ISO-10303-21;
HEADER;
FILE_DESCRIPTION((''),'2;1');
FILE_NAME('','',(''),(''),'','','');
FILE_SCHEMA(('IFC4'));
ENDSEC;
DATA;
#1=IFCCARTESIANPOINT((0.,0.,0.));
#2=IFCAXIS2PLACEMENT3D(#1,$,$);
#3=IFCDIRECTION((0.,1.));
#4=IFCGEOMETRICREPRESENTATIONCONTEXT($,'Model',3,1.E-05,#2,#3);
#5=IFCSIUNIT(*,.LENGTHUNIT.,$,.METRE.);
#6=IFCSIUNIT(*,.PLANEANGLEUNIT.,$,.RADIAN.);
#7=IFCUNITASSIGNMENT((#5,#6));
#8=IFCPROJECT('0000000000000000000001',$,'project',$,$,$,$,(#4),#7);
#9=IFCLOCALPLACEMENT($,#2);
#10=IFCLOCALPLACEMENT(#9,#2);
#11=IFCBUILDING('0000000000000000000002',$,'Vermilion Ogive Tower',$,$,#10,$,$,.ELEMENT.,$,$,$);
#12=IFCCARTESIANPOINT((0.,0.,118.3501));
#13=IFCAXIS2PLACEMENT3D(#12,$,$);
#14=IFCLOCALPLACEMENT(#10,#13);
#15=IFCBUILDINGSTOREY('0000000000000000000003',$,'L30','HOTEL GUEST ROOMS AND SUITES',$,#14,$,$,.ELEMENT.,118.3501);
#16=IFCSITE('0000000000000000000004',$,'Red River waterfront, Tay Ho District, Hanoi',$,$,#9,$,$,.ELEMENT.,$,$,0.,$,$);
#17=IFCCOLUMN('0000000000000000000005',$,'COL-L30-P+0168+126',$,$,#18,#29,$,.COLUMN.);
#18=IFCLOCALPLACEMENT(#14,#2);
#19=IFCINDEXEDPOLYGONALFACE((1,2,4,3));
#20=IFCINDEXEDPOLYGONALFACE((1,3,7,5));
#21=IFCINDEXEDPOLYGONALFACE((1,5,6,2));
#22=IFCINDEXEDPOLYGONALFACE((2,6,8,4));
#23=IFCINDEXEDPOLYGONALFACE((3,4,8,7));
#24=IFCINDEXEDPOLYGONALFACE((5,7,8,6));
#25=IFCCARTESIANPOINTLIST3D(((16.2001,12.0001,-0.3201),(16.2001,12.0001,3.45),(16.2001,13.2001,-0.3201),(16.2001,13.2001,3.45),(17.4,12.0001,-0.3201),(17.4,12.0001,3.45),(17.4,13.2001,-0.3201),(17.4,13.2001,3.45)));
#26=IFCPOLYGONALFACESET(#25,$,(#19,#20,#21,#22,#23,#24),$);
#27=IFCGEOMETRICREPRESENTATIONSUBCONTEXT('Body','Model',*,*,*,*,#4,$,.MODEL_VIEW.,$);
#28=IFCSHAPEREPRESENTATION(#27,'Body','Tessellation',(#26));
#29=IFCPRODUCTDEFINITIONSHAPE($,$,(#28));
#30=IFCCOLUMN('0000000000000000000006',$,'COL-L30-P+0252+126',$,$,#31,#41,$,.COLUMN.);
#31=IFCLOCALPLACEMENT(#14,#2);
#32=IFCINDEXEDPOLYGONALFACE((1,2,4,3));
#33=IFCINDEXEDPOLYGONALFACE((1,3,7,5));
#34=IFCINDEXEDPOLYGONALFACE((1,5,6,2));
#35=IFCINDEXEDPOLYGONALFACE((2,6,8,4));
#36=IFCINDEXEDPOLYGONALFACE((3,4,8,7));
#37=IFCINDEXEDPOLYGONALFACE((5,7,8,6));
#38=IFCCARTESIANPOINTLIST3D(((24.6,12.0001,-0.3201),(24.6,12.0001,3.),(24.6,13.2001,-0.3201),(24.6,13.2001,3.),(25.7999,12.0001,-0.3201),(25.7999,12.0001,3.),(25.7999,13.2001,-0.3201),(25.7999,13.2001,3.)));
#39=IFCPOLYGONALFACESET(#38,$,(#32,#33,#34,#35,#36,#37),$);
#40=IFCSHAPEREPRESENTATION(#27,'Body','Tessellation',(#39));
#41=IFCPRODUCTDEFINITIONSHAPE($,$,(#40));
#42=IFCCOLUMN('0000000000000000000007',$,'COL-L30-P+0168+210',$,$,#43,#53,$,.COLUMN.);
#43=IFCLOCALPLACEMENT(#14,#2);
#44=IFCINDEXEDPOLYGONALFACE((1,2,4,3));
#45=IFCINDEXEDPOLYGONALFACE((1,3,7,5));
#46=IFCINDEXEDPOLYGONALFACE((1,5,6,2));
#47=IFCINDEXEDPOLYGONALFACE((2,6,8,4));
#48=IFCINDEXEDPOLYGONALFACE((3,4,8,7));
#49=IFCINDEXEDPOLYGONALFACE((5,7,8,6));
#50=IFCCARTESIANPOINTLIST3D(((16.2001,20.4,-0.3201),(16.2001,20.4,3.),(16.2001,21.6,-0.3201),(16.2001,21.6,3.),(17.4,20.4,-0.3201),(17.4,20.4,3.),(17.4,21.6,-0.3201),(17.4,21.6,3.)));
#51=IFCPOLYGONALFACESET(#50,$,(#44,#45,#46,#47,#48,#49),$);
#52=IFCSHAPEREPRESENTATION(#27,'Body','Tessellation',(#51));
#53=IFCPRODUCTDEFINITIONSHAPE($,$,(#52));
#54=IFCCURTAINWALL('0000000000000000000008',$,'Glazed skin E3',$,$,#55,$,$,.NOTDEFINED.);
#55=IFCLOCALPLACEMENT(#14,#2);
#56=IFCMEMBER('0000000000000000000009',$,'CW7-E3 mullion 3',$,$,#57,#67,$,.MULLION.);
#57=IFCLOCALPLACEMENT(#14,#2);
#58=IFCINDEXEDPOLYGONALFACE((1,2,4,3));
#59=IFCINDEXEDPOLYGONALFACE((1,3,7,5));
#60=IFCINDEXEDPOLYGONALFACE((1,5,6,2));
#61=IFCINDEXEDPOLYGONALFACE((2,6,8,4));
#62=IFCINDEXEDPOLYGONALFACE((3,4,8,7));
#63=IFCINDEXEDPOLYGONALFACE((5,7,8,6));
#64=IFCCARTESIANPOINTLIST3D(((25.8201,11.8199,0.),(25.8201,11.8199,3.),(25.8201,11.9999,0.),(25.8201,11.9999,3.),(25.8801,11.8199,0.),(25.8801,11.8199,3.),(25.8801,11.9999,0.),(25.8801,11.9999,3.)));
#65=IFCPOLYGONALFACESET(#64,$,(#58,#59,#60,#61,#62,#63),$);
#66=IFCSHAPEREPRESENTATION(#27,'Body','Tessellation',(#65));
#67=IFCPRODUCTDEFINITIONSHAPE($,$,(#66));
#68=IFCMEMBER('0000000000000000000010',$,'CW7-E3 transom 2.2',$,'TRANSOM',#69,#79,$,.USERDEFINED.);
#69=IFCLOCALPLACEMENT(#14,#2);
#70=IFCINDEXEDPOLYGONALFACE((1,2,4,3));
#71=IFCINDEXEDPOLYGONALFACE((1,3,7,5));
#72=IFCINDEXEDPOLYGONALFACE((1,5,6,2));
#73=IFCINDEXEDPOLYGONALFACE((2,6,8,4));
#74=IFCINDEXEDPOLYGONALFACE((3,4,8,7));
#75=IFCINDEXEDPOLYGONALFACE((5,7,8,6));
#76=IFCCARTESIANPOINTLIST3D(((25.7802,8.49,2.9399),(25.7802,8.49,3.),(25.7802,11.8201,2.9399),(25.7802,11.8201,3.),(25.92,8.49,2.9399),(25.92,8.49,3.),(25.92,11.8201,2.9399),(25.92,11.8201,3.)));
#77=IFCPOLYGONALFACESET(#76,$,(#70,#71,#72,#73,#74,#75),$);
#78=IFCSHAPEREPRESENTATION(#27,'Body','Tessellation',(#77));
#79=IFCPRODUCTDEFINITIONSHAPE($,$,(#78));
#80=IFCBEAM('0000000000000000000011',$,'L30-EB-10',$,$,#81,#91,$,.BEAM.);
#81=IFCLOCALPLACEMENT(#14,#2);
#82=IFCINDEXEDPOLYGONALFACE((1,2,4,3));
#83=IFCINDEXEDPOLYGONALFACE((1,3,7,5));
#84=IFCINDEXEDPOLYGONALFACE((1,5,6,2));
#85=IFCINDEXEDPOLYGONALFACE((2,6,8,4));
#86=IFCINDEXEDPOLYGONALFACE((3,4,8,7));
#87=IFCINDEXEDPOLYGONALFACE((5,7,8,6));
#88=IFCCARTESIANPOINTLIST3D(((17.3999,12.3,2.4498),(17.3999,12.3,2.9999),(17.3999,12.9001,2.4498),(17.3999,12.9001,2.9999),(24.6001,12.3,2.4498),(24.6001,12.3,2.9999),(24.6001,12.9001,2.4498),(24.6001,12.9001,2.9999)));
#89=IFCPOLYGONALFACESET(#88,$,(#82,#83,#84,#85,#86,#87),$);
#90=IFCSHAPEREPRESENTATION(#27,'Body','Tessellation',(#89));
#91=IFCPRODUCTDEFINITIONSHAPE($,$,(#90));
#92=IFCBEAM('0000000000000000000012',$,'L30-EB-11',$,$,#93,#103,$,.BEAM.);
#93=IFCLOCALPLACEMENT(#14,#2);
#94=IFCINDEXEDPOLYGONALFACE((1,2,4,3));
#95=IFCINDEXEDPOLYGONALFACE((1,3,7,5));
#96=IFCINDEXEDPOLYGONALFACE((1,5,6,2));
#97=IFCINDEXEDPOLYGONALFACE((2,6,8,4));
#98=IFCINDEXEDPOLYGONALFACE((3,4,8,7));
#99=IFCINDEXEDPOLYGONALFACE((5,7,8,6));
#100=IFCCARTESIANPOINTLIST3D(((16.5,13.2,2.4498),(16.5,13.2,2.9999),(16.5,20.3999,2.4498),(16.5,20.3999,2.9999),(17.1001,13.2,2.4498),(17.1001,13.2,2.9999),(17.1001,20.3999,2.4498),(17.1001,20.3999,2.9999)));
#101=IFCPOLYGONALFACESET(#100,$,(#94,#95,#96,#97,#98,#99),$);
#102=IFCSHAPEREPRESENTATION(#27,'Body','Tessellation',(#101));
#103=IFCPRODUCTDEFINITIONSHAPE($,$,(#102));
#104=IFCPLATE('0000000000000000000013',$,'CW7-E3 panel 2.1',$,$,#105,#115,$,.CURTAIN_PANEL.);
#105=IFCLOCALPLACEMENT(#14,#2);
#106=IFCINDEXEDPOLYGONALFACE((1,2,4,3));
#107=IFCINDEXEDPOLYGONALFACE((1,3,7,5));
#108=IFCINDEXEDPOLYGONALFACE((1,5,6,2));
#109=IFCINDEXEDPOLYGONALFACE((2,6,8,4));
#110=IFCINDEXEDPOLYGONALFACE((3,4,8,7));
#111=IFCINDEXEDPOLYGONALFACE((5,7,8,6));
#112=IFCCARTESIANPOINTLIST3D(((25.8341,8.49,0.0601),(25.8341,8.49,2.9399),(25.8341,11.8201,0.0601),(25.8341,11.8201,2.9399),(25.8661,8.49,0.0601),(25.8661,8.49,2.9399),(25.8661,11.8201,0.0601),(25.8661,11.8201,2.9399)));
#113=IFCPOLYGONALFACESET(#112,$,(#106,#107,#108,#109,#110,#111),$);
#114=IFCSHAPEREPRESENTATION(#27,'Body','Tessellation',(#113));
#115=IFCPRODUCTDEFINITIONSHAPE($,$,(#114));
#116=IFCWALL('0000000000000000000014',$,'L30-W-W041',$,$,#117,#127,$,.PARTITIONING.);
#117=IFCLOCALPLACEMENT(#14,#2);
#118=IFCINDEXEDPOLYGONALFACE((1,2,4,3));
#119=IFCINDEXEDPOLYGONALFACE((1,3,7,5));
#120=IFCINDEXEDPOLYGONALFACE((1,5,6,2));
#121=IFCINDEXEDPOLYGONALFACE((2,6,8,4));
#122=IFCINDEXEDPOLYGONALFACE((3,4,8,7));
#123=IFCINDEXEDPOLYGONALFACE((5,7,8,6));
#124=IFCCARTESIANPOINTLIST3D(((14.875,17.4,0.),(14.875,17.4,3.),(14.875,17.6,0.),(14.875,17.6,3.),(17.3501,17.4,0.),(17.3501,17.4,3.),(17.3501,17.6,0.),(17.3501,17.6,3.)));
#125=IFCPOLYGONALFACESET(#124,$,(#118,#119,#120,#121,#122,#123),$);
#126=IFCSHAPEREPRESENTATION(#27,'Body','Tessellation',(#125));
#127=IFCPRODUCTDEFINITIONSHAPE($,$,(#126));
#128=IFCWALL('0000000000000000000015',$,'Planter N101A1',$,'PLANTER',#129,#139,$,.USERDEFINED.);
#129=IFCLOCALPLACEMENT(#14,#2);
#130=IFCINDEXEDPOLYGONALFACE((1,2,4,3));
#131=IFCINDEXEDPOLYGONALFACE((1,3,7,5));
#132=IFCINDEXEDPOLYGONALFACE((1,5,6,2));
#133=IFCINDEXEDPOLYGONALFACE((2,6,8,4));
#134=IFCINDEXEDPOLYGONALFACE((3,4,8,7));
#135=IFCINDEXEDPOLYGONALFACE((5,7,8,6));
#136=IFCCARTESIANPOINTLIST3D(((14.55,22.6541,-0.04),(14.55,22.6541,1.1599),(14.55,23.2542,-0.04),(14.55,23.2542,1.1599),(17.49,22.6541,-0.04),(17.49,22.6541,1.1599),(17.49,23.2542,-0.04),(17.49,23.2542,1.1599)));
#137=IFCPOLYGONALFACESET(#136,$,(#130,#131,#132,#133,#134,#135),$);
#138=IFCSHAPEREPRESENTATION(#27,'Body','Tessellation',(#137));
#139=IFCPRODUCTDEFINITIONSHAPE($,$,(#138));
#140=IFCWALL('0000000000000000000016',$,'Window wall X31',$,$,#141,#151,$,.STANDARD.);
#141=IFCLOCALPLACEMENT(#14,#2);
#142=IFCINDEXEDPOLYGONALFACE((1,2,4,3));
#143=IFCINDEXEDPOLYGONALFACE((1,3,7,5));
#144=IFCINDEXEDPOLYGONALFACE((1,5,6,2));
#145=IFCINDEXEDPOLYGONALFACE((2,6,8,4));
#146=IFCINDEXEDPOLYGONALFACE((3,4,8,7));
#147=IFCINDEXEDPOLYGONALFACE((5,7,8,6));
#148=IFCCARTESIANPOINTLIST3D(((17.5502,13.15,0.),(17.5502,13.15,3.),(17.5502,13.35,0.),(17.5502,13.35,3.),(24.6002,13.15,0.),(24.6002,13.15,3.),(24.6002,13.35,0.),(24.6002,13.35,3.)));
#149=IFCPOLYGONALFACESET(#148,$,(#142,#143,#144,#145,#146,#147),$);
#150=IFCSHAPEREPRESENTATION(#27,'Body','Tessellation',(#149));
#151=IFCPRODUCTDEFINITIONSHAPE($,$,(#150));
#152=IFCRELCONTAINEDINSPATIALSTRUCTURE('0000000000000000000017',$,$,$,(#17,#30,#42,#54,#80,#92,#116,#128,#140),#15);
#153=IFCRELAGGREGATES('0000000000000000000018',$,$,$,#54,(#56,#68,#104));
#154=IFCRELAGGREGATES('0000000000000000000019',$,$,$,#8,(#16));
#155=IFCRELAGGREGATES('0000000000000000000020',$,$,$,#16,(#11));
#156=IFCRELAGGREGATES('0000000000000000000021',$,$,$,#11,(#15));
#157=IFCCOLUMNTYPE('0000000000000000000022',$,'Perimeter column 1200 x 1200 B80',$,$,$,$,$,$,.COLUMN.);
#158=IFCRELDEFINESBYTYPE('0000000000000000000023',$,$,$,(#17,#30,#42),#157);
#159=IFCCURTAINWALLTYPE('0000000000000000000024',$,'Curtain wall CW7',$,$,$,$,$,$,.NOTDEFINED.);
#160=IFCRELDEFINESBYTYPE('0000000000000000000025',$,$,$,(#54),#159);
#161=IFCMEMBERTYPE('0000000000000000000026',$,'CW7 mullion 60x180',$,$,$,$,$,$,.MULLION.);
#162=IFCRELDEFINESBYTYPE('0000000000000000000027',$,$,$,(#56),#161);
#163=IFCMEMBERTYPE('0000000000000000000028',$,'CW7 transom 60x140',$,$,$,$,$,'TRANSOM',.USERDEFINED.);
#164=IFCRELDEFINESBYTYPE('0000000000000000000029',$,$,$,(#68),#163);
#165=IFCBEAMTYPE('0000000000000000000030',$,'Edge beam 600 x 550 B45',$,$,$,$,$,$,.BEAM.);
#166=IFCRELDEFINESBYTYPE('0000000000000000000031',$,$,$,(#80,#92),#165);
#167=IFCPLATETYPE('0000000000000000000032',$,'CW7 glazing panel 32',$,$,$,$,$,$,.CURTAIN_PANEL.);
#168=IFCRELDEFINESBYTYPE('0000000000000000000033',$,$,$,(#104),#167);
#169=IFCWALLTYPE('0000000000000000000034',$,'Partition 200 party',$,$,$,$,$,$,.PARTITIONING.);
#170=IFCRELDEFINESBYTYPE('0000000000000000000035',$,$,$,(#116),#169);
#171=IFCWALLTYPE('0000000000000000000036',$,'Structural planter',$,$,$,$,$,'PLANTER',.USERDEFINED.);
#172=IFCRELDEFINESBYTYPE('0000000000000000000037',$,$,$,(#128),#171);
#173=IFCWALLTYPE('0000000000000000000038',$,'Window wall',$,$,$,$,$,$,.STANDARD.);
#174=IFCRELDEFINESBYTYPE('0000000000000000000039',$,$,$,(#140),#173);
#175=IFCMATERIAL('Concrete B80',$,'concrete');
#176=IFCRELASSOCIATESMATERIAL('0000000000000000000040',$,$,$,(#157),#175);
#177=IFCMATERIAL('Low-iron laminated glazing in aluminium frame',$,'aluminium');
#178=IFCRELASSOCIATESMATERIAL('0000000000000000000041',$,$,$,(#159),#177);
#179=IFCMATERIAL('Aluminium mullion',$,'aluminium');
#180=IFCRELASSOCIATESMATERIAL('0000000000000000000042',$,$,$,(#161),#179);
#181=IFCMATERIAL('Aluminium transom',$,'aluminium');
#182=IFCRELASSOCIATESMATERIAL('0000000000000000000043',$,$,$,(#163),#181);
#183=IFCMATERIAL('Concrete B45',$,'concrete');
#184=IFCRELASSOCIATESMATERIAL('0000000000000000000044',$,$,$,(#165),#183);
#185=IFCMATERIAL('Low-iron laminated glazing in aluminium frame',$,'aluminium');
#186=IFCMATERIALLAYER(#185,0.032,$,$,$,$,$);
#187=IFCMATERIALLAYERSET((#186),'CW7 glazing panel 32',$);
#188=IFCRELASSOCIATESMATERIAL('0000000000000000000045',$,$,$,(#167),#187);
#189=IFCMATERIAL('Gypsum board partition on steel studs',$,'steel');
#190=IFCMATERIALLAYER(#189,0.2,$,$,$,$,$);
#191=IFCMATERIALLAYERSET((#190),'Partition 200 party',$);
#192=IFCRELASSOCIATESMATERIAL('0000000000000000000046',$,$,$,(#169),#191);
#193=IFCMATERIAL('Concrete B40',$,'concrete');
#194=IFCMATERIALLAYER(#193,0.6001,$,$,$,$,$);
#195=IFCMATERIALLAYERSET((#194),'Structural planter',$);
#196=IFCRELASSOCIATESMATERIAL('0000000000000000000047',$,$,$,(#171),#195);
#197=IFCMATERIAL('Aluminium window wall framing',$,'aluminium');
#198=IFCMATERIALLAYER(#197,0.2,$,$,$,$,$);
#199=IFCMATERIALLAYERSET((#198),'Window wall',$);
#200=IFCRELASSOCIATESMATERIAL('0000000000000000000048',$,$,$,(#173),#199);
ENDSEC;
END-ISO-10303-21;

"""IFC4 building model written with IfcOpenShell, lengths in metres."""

from ifc_helpers import new_model, si_unit, direction, frame, frame_2d, origin, origin_2d, place, context, subcontext, project, spatial, rectangle, extrude, material, layer, layer_set, material_profile, profile_set, type_object, element, aggregate, save


model = new_model("IFC4")

# Units and contexts
model_context = context("Model", 3, precision=1e-05, world=origin(), true_north=direction((0.0, 1.0)))
body_context = subcontext(model_context, "Body", "Model", "MODEL_VIEW")
ifc_project = project(units=[si_unit("LENGTHUNIT", "METRE"), si_unit("PLANEANGLEUNIT", "RADIAN")], contexts=[model_context])

# Site, building, storey
site_placement = place(None, origin())
site = spatial("IfcSite", under=ifc_project, at=site_placement, Name="Red River waterfront, Tay Ho District, Hanoi", CompositionType="ELEMENT", RefElevation=0.0)
building_placement = place(site_placement, origin())
building = spatial("IfcBuilding", under=site, at=building_placement, Name="Vermilion Ogive Tower", CompositionType="ELEMENT")
storey_placement = place(building_placement, frame((0.0, 0.0, 118.3501)))
storey = spatial("IfcBuildingStorey", under=building, at=storey_placement, Name="L30", Description="HOTEL GUEST ROOMS AND SUITES", CompositionType="ELEMENT", Elevation=118.3501)

# Columns
ifc_material_1 = material(Name="Concrete B80", Category="concrete")
ifc_material_profile_1 = material_profile(ifc_material_1, rectangle(XDim=1.2, YDim=1.2, at=origin_2d()), Name="1200 x 1200")
ifc_profile_set_1 = profile_set([ifc_material_profile_1], Name="Concrete B80")
column_type = type_object("IfcColumnType", Name="Perimeter column 1200 x 1200 B80", PredefinedType="COLUMN", material=ifc_profile_set_1)
column_placement = place(storey_placement, frame((16.8, 12.6001, -0.3201), z_axis=(0.0, 0.0, 1.0), x_axis=(1.0, 0.0, 0.0)))
element("IfcColumn", 1, at=column_placement, inside=storey, type_object=column_type, Name="COL-L30-P+0168+126", PredefinedType="COLUMN", context=body_context, shape_type="SweptSolid", body=[
    extrude(rectangle(XDim=1.2, YDim=1.2, at=origin_2d()), origin(), (0.0, 0.0, 1.0), 3.77),
])
for number, where, z_axis, x_axis, name in (
    (2, (25.2, 12.6001, -0.3201), (0.0, 0.0, 1.0), (1.0, 0.0, 0.0), "COL-L30-P+0252+126"),
    (3, (16.8, 21.0, -0.3201), (0.0, 0.0, 1.0), (1.0, 0.0, 0.0), "COL-L30-P+0168+210"),
):
    element("IfcColumn", number, at=place(storey_placement, frame(where, z_axis=z_axis, x_axis=x_axis)), inside=storey, type_object=column_type, Name=name, PredefinedType="COLUMN", context=body_context, shape_type="SweptSolid", body=[
        extrude(rectangle(XDim=1.2, YDim=1.2, at=origin_2d()), origin(), (0.0, 0.0, 1.0), 3.3201),
    ])

# Curtain wall, members
ifc_material_2 = material(Name="Low-iron laminated glazing in aluminium frame", Category="aluminium")
curtain_wall_type = type_object("IfcCurtainWallType", Name="Curtain wall CW7", PredefinedType="NOTDEFINED", material=ifc_material_2)
curtain_wall_placement = place(storey_placement, origin())
curtain_wall = element("IfcCurtainWall", 4, at=curtain_wall_placement, inside=storey, type_object=curtain_wall_type, Name="Glazed skin E3", PredefinedType="NOTDEFINED")
ifc_material_3 = material(Name="Aluminium mullion", Category="aluminium")
ifc_material_profile_2 = material_profile(ifc_material_3, rectangle(XDim=0.0601, YDim=0.1799, at=origin_2d()), Name="AL 60x180")
ifc_profile_set_2 = profile_set([ifc_material_profile_2], Name="Aluminium mullion")
member_type_1 = type_object("IfcMemberType", Name="CW7 mullion 60x180", PredefinedType="MULLION", material=ifc_profile_set_2)
member_1_placement = place(storey_placement, frame((25.8501, 11.9099, 0.0), z_axis=(0.0, 0.0, 1.0), x_axis=(-1.0, 0.0, 0.0)))
member_1 = element("IfcMember", 5, at=member_1_placement, type_object=member_type_1, Name="CW7-E3 mullion 3", PredefinedType="MULLION", context=body_context, shape_type="SweptSolid", body=[
    extrude(rectangle(XDim=0.0601, YDim=0.1799, at=origin_2d()), origin(), (0.0, 0.0, 1.0), 3.0),
])
ifc_material_4 = material(Name="Aluminium transom", Category="aluminium")
ifc_material_profile_3 = material_profile(ifc_material_4, rectangle(XDim=0.1399, YDim=0.0601, at=origin_2d()), Name="AL 60x140")
ifc_profile_set_3 = profile_set([ifc_material_profile_3], Name="Aluminium transom")
member_type_2 = type_object("IfcMemberType", Name="CW7 transom 60x140", ElementType="TRANSOM", PredefinedType="USERDEFINED", material=ifc_profile_set_3)
member_2_placement = place(storey_placement, frame((25.8501, 8.49, 2.97), z_axis=(0.0, 1.0, 0.0), x_axis=(-1.0, 0.0, 0.0)))
member_2 = element("IfcMember", 6, at=member_2_placement, type_object=member_type_2, Name="CW7-E3 transom 2.2", ObjectType="TRANSOM", PredefinedType="USERDEFINED", context=body_context, shape_type="SweptSolid", body=[
    extrude(rectangle(XDim=0.1399, YDim=0.0601, at=origin_2d()), origin(), (0.0, 0.0, 1.0), 3.3301),
])

# Beams
ifc_material_5 = material(Name="Concrete B45", Category="concrete")
ifc_material_profile_4 = material_profile(ifc_material_5, rectangle(XDim=0.6001, YDim=0.55, at=origin_2d()), Name="600 x 550")
ifc_profile_set_4 = profile_set([ifc_material_profile_4], Name="Concrete B45")
beam_type = type_object("IfcBeamType", Name="Edge beam 600 x 550 B45", PredefinedType="BEAM", material=ifc_profile_set_4)
beam_1_placement = place(storey_placement, frame((24.6001, 12.6001, 2.7249), z_axis=(-1.0, 0.0, 0.0), x_axis=(0.0, -1.0, 0.0)))
element("IfcBeam", 7, at=beam_1_placement, inside=storey, type_object=beam_type, Name="L30-EB-10", PredefinedType="BEAM", context=body_context, shape_type="SweptSolid", body=[
    extrude(rectangle(XDim=0.6001, YDim=0.55, at=origin_2d()), origin(), (0.0, 0.0, 1.0), 7.2002),
])
beam_2_placement = place(storey_placement, frame((16.8, 13.2, 2.7249), z_axis=(0.0, 1.0, 0.0), x_axis=(-1.0, 0.0, 0.0)))
element("IfcBeam", 8, at=beam_2_placement, inside=storey, type_object=beam_type, Name="L30-EB-11", PredefinedType="BEAM", context=body_context, shape_type="SweptSolid", body=[
    extrude(rectangle(XDim=0.6001, YDim=0.55, at=origin_2d()), origin(), (0.0, 0.0, 1.0), 7.2),
])

# Plate
ifc_material_6 = material(Name="Low-iron laminated glazing in aluminium frame", Category="aluminium")
ifc_layer_1 = layer(ifc_material_6, 0.032)
ifc_layer_set_1 = layer_set([ifc_layer_1], Name="CW7 glazing panel 32")
plate_type = type_object("IfcPlateType", Name="CW7 glazing panel 32", PredefinedType="CURTAIN_PANEL", material=ifc_layer_set_1)
plate_placement = place(storey_placement, frame((25.8501, 10.155, 0.0601), z_axis=(0.0, 0.0, 1.0), x_axis=(0.0, 1.0, 0.0)))
plate = element("IfcPlate", 9, at=plate_placement, type_object=plate_type, Name="CW7-E3 panel 2.1", PredefinedType="CURTAIN_PANEL", context=body_context, shape_type="SweptSolid", body=[
    extrude(rectangle(XDim=3.3301, YDim=0.032, at=origin_2d()), origin(), (0.0, 0.0, 1.0), 2.8799),
])
aggregate(curtain_wall, [member_1, member_2, plate])

# Walls
ifc_material_7 = material(Name="Gypsum board partition on steel studs", Category="steel")
ifc_layer_2 = layer(ifc_material_7, 0.2)
ifc_layer_set_2 = layer_set([ifc_layer_2], Name="Partition 200 party")
wall_type_1 = type_object("IfcWallType", Name="Partition 200 party", PredefinedType="PARTITIONING", material=ifc_layer_set_2)
wall_1_placement = place(storey_placement, frame((14.875, 17.5, 0.0), z_axis=(0.0, 0.0, 1.0), x_axis=(1.0, 0.0, 0.0)))
element("IfcWall", 10, at=wall_1_placement, inside=storey, type_object=wall_type_1, Name="L30-W-W041", PredefinedType="PARTITIONING", context=body_context, shape_type="SweptSolid", body=[
    extrude(rectangle(XDim=2.4751, YDim=0.2, at=frame_2d((1.2375, 0.0))), origin(), (0.0, 0.0, 1.0), 3.0),
])
ifc_material_8 = material(Name="Concrete B40", Category="concrete")
ifc_layer_3 = layer(ifc_material_8, 0.6001)
ifc_layer_set_3 = layer_set([ifc_layer_3], Name="Structural planter")
wall_type_2 = type_object("IfcWallType", Name="Structural planter", ElementType="PLANTER", PredefinedType="USERDEFINED", material=ifc_layer_set_3)
wall_2_placement = place(storey_placement, frame((17.49, 22.9541, -0.04), z_axis=(0.0, 0.0, 1.0), x_axis=(-1.0, 0.0, 0.0)))
element("IfcWall", 11, at=wall_2_placement, inside=storey, type_object=wall_type_2, Name="Planter N101A1", ObjectType="PLANTER", PredefinedType="USERDEFINED", context=body_context, shape_type="SweptSolid", body=[
    extrude(rectangle(XDim=2.9399, YDim=0.6001, at=frame_2d((1.47, 0.0))), origin(), (0.0, 0.0, 1.0), 1.2),
])
ifc_material_9 = material(Name="Aluminium window wall framing", Category="aluminium")
ifc_layer_4 = layer(ifc_material_9, 0.2)
ifc_layer_set_4 = layer_set([ifc_layer_4], Name="Window wall")
wall_type_3 = type_object("IfcWallType", Name="Window wall", PredefinedType="STANDARD", material=ifc_layer_set_4)
wall_3_placement = place(storey_placement, frame((24.6001, 13.25, 0.0), z_axis=(0.0, 0.0, 1.0), x_axis=(-1.0, 0.0, 0.0)))
element("IfcWall", 12, at=wall_3_placement, inside=storey, type_object=wall_type_3, Name="Window wall X31", PredefinedType="STANDARD", context=body_context, shape_type="SweptSolid", body=[
    extrude(rectangle(XDim=7.05, YDim=0.2, at=frame_2d((3.5249, 0.0))), origin(), (0.0, 0.0, 1.0), 3.0),
])

save(model, "model.ifc")
